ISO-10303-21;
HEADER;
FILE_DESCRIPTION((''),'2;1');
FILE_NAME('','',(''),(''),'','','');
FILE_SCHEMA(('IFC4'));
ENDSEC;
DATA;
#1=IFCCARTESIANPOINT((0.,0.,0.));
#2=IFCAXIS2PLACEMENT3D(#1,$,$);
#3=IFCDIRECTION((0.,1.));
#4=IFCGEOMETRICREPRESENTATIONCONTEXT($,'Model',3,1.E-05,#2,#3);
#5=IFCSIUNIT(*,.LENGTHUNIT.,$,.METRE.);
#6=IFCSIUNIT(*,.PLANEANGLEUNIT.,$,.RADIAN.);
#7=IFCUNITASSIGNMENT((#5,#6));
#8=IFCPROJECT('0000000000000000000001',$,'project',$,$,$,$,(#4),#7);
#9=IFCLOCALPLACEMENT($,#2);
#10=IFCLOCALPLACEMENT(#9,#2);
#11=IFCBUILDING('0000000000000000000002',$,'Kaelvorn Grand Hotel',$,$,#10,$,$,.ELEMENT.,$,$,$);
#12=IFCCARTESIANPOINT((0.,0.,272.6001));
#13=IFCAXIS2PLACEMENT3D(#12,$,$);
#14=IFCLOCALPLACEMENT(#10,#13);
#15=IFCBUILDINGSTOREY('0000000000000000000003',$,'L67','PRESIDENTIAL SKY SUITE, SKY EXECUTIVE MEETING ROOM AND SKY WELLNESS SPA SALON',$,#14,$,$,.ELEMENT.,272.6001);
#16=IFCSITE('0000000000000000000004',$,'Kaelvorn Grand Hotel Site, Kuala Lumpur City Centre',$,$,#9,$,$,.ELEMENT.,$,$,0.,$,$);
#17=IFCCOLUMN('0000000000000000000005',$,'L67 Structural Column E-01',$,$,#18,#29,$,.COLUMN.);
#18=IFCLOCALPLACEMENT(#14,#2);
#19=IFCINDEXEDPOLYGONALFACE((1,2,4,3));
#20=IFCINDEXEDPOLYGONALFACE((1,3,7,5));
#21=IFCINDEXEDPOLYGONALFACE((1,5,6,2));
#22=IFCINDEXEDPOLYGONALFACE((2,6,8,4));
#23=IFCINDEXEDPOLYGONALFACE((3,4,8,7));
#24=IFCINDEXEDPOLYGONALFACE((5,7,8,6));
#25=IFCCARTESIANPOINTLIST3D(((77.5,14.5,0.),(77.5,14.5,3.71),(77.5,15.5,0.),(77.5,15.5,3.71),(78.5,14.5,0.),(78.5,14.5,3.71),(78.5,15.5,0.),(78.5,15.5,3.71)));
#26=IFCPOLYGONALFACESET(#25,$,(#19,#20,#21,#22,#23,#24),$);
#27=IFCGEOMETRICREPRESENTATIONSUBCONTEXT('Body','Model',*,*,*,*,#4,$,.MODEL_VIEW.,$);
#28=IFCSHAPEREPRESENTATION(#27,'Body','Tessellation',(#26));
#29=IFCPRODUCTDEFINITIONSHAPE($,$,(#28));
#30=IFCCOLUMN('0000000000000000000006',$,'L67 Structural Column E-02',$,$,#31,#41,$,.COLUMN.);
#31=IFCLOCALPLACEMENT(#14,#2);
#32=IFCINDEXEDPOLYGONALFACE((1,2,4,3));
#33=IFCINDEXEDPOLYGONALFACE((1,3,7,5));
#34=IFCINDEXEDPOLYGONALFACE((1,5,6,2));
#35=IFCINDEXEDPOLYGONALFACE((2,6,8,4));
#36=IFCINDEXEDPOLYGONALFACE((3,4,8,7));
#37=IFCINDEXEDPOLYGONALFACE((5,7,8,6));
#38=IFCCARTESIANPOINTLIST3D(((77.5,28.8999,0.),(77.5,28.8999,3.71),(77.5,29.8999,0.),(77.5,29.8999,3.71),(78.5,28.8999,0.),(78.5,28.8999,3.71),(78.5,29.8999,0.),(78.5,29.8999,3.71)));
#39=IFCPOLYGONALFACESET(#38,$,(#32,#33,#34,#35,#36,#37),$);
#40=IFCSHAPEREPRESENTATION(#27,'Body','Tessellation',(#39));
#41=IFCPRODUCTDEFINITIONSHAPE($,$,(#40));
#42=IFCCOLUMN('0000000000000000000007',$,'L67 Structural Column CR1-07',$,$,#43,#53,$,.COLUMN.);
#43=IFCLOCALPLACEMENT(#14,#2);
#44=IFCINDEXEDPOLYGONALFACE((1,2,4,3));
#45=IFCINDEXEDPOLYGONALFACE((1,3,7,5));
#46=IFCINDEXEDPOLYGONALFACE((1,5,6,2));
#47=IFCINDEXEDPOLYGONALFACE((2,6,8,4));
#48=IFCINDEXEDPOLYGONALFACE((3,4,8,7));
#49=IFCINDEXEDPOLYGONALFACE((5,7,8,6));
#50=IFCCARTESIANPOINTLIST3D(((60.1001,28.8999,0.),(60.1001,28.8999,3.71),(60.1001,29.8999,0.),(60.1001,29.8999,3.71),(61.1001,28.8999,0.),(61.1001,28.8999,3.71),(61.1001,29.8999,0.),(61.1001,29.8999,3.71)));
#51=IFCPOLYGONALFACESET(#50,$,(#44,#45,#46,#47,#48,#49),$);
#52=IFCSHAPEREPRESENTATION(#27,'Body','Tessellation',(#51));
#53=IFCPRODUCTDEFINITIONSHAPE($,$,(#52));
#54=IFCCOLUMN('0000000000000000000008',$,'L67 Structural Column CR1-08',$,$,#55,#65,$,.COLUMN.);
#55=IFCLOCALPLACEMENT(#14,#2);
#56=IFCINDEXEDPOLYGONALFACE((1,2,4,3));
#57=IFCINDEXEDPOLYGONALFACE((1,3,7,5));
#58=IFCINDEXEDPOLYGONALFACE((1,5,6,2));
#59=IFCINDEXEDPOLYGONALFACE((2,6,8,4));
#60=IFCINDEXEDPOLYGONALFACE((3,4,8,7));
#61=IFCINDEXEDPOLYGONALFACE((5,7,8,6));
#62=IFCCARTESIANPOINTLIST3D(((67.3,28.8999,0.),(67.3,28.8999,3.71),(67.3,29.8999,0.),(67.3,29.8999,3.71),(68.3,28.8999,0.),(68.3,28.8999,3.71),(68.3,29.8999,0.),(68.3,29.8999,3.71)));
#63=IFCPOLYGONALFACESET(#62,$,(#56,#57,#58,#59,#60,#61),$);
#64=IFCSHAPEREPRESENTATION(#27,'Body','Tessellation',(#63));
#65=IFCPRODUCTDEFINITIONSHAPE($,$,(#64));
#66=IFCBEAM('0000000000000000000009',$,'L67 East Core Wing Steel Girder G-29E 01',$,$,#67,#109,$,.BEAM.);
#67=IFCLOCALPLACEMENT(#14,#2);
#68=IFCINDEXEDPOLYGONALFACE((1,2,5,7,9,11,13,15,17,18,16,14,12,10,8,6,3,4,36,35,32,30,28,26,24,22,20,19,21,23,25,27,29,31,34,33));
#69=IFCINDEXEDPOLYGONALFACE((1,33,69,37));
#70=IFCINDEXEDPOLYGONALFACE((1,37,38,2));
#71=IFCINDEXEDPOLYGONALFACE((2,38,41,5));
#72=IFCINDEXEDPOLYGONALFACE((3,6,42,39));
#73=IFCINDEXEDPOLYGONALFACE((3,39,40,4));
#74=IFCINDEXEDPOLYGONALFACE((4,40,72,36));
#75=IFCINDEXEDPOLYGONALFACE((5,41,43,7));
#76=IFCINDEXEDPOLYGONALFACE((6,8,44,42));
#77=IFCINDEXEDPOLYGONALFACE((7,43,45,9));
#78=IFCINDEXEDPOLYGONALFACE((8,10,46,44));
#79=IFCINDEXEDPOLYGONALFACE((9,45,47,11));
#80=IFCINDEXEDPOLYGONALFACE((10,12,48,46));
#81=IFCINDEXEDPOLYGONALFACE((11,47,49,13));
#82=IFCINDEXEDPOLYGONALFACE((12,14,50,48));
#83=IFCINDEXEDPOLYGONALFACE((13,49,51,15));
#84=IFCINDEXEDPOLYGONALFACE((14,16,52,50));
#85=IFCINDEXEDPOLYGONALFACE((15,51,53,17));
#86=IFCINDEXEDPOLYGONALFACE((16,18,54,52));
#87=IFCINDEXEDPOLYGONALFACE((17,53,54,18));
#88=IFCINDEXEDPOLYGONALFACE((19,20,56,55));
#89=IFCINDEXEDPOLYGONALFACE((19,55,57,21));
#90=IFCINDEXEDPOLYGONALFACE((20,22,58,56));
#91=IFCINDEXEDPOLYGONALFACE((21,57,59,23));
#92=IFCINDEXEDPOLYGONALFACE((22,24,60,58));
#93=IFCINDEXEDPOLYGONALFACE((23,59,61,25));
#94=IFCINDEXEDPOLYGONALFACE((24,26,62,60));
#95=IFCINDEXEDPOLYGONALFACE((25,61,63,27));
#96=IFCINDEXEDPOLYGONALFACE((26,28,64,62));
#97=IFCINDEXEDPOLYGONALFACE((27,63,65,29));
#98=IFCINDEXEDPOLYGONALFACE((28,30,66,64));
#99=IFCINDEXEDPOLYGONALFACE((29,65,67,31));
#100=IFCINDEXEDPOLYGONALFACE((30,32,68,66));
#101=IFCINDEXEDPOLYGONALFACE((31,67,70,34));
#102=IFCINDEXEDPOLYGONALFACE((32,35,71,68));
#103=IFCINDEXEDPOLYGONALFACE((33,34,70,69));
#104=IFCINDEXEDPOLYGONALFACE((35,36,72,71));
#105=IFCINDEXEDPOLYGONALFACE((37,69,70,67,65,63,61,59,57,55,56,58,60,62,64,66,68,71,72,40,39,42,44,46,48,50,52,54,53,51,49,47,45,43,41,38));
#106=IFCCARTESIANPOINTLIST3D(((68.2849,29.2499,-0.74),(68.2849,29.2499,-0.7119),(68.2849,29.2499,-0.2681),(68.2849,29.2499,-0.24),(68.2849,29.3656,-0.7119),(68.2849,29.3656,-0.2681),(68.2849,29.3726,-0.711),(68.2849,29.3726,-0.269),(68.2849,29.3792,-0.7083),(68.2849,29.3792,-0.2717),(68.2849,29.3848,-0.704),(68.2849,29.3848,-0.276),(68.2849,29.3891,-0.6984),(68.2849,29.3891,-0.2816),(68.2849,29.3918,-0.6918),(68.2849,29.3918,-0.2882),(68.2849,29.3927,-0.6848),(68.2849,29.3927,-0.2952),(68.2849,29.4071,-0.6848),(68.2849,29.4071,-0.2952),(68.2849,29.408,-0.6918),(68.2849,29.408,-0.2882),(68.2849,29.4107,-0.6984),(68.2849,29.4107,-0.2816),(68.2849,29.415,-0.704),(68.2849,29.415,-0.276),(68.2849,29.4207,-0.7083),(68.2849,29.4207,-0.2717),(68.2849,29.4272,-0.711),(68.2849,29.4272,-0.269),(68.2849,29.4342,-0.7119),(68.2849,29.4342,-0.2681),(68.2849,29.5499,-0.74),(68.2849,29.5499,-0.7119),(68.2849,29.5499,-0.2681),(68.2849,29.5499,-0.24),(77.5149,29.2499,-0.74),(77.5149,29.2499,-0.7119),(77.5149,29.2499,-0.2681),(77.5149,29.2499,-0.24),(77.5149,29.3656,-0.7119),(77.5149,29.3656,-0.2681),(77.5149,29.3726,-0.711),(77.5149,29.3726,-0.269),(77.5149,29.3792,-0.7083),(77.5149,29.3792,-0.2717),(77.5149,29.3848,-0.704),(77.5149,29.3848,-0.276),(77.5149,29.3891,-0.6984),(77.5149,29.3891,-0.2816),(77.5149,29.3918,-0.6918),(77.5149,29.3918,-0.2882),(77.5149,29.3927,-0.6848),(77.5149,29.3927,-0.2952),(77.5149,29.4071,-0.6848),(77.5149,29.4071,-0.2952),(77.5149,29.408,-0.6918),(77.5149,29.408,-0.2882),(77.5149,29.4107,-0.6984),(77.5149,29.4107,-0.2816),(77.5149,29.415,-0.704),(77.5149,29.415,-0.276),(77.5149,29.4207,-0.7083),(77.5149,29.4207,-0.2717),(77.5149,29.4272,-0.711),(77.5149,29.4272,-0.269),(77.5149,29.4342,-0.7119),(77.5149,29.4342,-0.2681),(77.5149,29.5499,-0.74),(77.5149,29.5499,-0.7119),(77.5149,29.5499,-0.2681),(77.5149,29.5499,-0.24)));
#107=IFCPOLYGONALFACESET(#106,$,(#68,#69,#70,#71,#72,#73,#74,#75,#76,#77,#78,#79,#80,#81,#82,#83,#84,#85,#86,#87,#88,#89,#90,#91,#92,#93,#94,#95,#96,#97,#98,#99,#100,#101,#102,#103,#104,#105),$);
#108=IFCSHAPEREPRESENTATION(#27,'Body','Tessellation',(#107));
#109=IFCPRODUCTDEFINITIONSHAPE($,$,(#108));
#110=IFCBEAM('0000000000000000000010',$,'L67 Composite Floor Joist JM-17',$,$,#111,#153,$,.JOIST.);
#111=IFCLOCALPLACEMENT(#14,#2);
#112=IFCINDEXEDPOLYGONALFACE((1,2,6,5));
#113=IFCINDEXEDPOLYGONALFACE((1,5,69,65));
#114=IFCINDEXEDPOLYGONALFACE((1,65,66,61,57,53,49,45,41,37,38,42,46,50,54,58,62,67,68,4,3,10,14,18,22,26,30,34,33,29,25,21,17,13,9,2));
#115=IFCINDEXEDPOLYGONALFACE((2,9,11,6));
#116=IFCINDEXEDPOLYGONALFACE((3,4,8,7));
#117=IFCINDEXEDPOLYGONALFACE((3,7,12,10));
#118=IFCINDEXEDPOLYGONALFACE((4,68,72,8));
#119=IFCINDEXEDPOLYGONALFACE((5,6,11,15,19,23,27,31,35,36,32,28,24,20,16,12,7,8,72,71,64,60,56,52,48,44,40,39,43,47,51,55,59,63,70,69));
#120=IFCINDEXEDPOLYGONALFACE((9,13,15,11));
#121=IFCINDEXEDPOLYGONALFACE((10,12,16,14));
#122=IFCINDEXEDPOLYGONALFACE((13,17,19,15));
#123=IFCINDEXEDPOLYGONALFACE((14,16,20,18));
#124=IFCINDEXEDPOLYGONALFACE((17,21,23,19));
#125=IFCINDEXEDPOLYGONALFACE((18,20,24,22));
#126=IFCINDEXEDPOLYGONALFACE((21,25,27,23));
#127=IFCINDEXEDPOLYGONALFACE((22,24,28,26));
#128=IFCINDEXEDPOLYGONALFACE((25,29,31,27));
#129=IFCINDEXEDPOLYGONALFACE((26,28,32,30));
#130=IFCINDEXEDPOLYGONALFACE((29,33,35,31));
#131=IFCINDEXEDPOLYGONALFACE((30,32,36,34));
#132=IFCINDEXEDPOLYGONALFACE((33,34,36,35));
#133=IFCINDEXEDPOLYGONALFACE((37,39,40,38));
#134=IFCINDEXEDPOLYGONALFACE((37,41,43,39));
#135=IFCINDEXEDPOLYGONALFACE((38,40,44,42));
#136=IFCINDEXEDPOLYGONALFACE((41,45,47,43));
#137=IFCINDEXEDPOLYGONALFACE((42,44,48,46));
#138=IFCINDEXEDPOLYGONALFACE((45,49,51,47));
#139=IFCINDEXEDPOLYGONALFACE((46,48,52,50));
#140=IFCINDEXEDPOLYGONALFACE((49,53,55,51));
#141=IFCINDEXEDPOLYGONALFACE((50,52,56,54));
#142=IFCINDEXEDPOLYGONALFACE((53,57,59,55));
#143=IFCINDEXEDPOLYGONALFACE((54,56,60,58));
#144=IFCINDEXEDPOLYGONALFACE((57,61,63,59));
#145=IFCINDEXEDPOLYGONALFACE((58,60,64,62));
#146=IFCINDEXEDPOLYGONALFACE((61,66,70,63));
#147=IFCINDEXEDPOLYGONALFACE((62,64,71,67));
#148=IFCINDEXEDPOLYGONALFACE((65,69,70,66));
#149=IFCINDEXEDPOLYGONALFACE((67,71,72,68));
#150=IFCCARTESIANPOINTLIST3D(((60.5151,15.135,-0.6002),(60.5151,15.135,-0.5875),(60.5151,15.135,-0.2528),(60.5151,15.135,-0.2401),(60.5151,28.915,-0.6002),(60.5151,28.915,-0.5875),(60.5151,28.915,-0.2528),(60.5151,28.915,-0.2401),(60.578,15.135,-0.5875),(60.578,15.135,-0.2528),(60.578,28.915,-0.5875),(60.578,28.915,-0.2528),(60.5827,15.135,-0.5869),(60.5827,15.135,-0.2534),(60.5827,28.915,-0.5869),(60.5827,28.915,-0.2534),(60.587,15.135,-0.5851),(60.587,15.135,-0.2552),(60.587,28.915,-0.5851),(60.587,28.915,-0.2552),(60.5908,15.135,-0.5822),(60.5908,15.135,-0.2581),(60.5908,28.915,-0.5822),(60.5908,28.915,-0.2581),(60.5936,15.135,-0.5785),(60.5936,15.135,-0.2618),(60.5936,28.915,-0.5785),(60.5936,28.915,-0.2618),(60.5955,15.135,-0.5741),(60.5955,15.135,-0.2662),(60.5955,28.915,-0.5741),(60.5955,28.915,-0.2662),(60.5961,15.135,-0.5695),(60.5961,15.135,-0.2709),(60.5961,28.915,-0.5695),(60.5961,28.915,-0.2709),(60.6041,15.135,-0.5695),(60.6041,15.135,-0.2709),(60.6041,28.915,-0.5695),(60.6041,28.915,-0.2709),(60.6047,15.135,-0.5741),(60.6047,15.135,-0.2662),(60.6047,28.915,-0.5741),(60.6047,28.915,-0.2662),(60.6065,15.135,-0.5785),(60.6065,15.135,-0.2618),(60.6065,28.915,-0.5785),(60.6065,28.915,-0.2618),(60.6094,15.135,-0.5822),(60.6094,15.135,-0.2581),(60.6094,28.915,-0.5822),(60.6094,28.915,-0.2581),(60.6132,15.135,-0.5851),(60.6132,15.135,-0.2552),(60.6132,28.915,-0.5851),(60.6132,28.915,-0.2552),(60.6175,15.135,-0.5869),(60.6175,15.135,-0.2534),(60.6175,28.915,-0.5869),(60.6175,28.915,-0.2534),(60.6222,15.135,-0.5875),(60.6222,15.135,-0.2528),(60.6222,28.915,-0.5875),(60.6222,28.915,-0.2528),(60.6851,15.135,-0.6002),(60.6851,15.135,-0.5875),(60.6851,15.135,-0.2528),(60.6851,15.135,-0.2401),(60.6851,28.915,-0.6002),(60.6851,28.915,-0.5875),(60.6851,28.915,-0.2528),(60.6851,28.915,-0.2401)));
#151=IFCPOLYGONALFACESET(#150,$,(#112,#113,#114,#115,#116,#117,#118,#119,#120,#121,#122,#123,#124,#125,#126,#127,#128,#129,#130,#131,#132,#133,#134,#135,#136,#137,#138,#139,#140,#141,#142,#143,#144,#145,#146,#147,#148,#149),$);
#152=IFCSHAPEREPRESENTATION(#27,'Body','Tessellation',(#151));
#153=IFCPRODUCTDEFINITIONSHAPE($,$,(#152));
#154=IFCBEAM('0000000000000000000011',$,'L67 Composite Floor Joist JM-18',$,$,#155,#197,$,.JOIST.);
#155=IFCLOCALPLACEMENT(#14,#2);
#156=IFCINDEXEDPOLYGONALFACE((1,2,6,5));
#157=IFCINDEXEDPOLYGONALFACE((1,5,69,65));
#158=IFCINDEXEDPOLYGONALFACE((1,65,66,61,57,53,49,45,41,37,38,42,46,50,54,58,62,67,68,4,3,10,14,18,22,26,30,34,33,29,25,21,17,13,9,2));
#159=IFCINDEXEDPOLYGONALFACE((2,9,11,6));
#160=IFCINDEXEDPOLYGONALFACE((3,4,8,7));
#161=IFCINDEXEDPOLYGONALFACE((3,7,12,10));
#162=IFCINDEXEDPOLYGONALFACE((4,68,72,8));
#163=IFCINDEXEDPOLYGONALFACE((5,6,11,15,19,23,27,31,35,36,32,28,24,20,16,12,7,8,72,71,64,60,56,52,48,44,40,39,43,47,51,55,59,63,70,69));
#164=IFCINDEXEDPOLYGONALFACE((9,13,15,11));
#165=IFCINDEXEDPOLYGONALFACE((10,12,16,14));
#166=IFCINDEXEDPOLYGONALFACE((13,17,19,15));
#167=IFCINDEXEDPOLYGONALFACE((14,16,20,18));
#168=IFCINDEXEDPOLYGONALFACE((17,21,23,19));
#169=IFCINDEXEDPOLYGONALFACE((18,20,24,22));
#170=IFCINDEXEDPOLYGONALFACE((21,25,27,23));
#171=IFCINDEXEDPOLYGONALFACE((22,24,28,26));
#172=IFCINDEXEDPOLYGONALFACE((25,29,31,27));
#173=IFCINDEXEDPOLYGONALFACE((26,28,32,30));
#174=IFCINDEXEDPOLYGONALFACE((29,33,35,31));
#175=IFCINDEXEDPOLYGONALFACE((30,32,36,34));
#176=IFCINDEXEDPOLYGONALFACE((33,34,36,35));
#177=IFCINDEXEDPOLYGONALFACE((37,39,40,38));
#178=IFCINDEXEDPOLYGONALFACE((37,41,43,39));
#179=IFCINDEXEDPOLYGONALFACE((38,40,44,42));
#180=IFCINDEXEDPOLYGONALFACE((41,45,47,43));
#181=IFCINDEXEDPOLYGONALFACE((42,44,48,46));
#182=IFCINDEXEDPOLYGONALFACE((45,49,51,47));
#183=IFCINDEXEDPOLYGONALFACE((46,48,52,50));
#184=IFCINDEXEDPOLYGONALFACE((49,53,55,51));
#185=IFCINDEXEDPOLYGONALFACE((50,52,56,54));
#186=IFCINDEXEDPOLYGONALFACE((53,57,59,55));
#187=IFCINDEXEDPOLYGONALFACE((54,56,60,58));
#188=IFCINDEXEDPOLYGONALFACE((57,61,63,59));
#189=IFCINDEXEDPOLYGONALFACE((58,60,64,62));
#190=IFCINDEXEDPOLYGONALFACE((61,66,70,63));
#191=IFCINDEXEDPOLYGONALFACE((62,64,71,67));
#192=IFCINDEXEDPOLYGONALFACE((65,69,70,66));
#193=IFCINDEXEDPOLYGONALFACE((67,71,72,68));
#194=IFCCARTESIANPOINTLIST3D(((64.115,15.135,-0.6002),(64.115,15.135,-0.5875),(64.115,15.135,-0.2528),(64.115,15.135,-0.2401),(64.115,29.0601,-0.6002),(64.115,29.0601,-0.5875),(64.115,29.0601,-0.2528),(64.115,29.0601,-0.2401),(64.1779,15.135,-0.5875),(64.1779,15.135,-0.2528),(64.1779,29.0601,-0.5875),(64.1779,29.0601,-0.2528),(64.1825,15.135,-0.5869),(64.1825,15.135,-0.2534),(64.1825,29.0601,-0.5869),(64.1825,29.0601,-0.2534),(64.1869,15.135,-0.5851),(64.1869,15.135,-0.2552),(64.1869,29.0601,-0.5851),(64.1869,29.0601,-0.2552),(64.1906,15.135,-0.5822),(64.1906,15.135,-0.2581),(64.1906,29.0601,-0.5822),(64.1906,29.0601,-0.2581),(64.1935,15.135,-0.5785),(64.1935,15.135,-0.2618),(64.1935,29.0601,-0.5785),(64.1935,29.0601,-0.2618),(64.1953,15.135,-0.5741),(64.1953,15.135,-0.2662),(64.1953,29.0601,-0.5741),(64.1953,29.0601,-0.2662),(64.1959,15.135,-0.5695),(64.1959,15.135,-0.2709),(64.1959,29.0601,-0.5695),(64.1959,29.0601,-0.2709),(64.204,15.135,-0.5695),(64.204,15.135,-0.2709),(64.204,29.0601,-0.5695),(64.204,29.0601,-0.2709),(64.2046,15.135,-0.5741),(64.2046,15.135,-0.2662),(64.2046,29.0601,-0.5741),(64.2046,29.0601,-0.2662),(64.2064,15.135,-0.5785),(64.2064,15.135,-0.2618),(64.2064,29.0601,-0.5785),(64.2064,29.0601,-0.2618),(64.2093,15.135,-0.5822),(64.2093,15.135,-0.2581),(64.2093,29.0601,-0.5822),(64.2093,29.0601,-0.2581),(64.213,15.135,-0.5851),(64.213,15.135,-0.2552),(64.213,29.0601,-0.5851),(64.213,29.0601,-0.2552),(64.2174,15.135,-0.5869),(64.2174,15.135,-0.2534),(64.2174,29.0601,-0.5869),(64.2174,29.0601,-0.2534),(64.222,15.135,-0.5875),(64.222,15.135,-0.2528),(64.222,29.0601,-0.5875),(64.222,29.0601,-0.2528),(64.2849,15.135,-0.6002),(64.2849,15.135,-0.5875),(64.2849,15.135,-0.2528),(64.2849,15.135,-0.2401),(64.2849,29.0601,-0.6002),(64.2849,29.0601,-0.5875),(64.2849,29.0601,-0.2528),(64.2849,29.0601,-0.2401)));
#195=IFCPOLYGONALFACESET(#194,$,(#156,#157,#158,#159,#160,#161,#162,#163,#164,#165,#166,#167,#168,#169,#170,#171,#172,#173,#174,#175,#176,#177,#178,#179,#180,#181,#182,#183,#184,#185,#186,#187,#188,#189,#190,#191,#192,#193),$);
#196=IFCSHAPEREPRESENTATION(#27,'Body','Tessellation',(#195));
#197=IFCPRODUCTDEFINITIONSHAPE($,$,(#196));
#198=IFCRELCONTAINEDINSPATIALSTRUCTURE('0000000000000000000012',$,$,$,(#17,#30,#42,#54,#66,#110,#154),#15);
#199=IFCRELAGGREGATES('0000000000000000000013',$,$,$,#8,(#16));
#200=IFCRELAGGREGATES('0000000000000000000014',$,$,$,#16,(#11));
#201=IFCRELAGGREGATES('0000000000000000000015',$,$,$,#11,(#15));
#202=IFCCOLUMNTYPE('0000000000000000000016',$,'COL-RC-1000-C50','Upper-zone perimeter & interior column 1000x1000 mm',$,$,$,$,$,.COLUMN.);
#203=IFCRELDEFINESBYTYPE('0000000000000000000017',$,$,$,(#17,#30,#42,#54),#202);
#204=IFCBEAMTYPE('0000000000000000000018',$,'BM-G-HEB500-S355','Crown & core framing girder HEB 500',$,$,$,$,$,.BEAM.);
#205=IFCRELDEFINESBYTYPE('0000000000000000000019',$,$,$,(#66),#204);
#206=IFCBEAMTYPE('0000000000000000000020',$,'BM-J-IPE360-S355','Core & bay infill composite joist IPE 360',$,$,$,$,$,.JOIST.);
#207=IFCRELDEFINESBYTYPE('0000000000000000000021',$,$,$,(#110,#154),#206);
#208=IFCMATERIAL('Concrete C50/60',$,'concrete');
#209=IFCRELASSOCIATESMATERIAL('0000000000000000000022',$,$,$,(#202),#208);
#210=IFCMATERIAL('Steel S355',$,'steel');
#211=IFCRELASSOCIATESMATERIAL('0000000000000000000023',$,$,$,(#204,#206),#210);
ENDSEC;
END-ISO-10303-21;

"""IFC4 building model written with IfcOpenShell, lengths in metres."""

from ifc_helpers import new_model, si_unit, direction, frame, origin, origin_2d, place, context, subcontext, project, spatial, rectangle, i_section, extrude, material, material_profile, profile_set, type_object, element, save


model = new_model("IFC4")

# Units and contexts
model_context = context("Model", 3, precision=1e-05, world=origin(), true_north=direction((0.0, 1.0)))
body_context = subcontext(model_context, "Body", "Model", "MODEL_VIEW")
ifc_project = project(units=[si_unit("LENGTHUNIT", "METRE"), si_unit("PLANEANGLEUNIT", "RADIAN")], contexts=[model_context])

# Site, building, storey
site_placement = place(None, origin())
site = spatial("IfcSite", under=ifc_project, at=site_placement, Name="Kaelvorn Grand Hotel Site, Kuala Lumpur City Centre", CompositionType="ELEMENT", RefElevation=0.0)
building_placement = place(site_placement, origin())
building = spatial("IfcBuilding", under=site, at=building_placement, Name="Kaelvorn Grand Hotel", CompositionType="ELEMENT")
storey_placement = place(building_placement, frame((0.0, 0.0, 272.6001)))
storey = spatial("IfcBuildingStorey", under=building, at=storey_placement, Name="L67", Description="PRESIDENTIAL SKY SUITE, SKY EXECUTIVE MEETING ROOM AND SKY WELLNESS SPA SALON", CompositionType="ELEMENT", Elevation=272.6001)

# Columns
ifc_material_1 = material(Name="Concrete C50/60", Category="concrete")
ifc_material_profile_1 = material_profile(ifc_material_1, rectangle(XDim=1.0, YDim=1.0, at=origin_2d()), Name="RC COL 1000x1000")
ifc_profile_set_1 = profile_set([ifc_material_profile_1], Name="Concrete C50/60")
column_type = type_object("IfcColumnType", Name="COL-RC-1000-C50", Description="Upper-zone perimeter & interior column 1000x1000 mm", PredefinedType="COLUMN", material=ifc_profile_set_1)
for number, where, z_axis, x_axis, name in (
    (1, (78.0, 15.0, 0.0), (0.0, 0.0, 1.0), (1.0, 0.0, 0.0), "L67 Structural Column E-01"),
    (2, (78.0, 29.3999, 0.0), (0.0, 0.0, 1.0), (1.0, 0.0, 0.0), "L67 Structural Column E-02"),
    (3, (60.6001, 29.3999, 0.0), (0.0, 0.0, 1.0), (1.0, 0.0, 0.0), "L67 Structural Column CR1-07"),
    (4, (67.8, 29.3999, 0.0), (0.0, 0.0, 1.0), (1.0, 0.0, 0.0), "L67 Structural Column CR1-08"),
):
    element("IfcColumn", number, at=place(storey_placement, frame(where, z_axis=z_axis, x_axis=x_axis)), inside=storey, type_object=column_type, Name=name, PredefinedType="COLUMN", context=body_context, shape_type="SweptSolid", body=[
        extrude(rectangle(XDim=1.0, YDim=1.0, at=origin_2d()), origin(), (0.0, 0.0, 1.0), 3.71),
    ])

# Beams
ifc_material_2 = material(Name="Steel S355", Category="steel")
ifc_material_profile_2 = material_profile(ifc_material_2, i_section(OverallWidth=0.3, OverallDepth=0.5, WebThickness=0.0144, FlangeThickness=0.0281, FilletRadius=0.0271, at=origin_2d()), Name="HEB 500")
ifc_profile_set_2 = profile_set([ifc_material_profile_2], Name="Steel S355")
beam_type_1 = type_object("IfcBeamType", Name="BM-G-HEB500-S355", Description="Crown & core framing girder HEB 500", PredefinedType="BEAM", material=ifc_profile_set_2)
beam_1_placement = place(storey_placement, frame((68.2849, 29.3999, -0.49), z_axis=(1.0, 0.0, 0.0), x_axis=(0.0, 1.0, 0.0)))
element("IfcBeam", 5, at=beam_1_placement, inside=storey, type_object=beam_type_1, Name="L67 East Core Wing Steel Girder G-29E 01", PredefinedType="BEAM", context=body_context, shape_type="SweptSolid", body=[
    extrude(i_section(OverallWidth=0.3, OverallDepth=0.5, WebThickness=0.0144, FlangeThickness=0.0281, FilletRadius=0.0271, at=origin_2d()), origin(), (0.0, 0.0, 1.0), 9.23),
])
ifc_material_profile_3 = material_profile(ifc_material_2, i_section(OverallWidth=0.1699, OverallDepth=0.3601, WebThickness=0.0081, FlangeThickness=0.0127, FilletRadius=0.0181, at=origin_2d()), Name="IPE 360")
ifc_profile_set_3 = profile_set([ifc_material_profile_3], Name="Steel S355")
beam_type_2 = type_object("IfcBeamType", Name="BM-J-IPE360-S355", Description="Core & bay infill composite joist IPE 360", PredefinedType="JOIST", material=ifc_profile_set_3)
beam_2_placement = place(storey_placement, frame((60.6001, 15.135, -0.4202), z_axis=(0.0, 1.0, 0.0), x_axis=(-1.0, 0.0, 0.0)))
element("IfcBeam", 6, at=beam_2_placement, inside=storey, type_object=beam_type_2, Name="L67 Composite Floor Joist JM-17", PredefinedType="JOIST", context=body_context, shape_type="SweptSolid", body=[
    extrude(i_section(OverallWidth=0.1699, OverallDepth=0.3601, WebThickness=0.0081, FlangeThickness=0.0127, FilletRadius=0.0181, at=origin_2d()), origin(), (0.0, 0.0, 1.0), 13.78),
])
beam_3_placement = place(storey_placement, frame((64.2, 15.135, -0.4202), z_axis=(0.0, 1.0, 0.0), x_axis=(-1.0, 0.0, 0.0)))
element("IfcBeam", 7, at=beam_3_placement, inside=storey, type_object=beam_type_2, Name="L67 Composite Floor Joist JM-18", PredefinedType="JOIST", context=body_context, shape_type="SweptSolid", body=[
    extrude(i_section(OverallWidth=0.1699, OverallDepth=0.3601, WebThickness=0.0081, FlangeThickness=0.0127, FilletRadius=0.0181, at=origin_2d()), origin(), (0.0, 0.0, 1.0), 13.925),
])

save(model, "model.ifc")
